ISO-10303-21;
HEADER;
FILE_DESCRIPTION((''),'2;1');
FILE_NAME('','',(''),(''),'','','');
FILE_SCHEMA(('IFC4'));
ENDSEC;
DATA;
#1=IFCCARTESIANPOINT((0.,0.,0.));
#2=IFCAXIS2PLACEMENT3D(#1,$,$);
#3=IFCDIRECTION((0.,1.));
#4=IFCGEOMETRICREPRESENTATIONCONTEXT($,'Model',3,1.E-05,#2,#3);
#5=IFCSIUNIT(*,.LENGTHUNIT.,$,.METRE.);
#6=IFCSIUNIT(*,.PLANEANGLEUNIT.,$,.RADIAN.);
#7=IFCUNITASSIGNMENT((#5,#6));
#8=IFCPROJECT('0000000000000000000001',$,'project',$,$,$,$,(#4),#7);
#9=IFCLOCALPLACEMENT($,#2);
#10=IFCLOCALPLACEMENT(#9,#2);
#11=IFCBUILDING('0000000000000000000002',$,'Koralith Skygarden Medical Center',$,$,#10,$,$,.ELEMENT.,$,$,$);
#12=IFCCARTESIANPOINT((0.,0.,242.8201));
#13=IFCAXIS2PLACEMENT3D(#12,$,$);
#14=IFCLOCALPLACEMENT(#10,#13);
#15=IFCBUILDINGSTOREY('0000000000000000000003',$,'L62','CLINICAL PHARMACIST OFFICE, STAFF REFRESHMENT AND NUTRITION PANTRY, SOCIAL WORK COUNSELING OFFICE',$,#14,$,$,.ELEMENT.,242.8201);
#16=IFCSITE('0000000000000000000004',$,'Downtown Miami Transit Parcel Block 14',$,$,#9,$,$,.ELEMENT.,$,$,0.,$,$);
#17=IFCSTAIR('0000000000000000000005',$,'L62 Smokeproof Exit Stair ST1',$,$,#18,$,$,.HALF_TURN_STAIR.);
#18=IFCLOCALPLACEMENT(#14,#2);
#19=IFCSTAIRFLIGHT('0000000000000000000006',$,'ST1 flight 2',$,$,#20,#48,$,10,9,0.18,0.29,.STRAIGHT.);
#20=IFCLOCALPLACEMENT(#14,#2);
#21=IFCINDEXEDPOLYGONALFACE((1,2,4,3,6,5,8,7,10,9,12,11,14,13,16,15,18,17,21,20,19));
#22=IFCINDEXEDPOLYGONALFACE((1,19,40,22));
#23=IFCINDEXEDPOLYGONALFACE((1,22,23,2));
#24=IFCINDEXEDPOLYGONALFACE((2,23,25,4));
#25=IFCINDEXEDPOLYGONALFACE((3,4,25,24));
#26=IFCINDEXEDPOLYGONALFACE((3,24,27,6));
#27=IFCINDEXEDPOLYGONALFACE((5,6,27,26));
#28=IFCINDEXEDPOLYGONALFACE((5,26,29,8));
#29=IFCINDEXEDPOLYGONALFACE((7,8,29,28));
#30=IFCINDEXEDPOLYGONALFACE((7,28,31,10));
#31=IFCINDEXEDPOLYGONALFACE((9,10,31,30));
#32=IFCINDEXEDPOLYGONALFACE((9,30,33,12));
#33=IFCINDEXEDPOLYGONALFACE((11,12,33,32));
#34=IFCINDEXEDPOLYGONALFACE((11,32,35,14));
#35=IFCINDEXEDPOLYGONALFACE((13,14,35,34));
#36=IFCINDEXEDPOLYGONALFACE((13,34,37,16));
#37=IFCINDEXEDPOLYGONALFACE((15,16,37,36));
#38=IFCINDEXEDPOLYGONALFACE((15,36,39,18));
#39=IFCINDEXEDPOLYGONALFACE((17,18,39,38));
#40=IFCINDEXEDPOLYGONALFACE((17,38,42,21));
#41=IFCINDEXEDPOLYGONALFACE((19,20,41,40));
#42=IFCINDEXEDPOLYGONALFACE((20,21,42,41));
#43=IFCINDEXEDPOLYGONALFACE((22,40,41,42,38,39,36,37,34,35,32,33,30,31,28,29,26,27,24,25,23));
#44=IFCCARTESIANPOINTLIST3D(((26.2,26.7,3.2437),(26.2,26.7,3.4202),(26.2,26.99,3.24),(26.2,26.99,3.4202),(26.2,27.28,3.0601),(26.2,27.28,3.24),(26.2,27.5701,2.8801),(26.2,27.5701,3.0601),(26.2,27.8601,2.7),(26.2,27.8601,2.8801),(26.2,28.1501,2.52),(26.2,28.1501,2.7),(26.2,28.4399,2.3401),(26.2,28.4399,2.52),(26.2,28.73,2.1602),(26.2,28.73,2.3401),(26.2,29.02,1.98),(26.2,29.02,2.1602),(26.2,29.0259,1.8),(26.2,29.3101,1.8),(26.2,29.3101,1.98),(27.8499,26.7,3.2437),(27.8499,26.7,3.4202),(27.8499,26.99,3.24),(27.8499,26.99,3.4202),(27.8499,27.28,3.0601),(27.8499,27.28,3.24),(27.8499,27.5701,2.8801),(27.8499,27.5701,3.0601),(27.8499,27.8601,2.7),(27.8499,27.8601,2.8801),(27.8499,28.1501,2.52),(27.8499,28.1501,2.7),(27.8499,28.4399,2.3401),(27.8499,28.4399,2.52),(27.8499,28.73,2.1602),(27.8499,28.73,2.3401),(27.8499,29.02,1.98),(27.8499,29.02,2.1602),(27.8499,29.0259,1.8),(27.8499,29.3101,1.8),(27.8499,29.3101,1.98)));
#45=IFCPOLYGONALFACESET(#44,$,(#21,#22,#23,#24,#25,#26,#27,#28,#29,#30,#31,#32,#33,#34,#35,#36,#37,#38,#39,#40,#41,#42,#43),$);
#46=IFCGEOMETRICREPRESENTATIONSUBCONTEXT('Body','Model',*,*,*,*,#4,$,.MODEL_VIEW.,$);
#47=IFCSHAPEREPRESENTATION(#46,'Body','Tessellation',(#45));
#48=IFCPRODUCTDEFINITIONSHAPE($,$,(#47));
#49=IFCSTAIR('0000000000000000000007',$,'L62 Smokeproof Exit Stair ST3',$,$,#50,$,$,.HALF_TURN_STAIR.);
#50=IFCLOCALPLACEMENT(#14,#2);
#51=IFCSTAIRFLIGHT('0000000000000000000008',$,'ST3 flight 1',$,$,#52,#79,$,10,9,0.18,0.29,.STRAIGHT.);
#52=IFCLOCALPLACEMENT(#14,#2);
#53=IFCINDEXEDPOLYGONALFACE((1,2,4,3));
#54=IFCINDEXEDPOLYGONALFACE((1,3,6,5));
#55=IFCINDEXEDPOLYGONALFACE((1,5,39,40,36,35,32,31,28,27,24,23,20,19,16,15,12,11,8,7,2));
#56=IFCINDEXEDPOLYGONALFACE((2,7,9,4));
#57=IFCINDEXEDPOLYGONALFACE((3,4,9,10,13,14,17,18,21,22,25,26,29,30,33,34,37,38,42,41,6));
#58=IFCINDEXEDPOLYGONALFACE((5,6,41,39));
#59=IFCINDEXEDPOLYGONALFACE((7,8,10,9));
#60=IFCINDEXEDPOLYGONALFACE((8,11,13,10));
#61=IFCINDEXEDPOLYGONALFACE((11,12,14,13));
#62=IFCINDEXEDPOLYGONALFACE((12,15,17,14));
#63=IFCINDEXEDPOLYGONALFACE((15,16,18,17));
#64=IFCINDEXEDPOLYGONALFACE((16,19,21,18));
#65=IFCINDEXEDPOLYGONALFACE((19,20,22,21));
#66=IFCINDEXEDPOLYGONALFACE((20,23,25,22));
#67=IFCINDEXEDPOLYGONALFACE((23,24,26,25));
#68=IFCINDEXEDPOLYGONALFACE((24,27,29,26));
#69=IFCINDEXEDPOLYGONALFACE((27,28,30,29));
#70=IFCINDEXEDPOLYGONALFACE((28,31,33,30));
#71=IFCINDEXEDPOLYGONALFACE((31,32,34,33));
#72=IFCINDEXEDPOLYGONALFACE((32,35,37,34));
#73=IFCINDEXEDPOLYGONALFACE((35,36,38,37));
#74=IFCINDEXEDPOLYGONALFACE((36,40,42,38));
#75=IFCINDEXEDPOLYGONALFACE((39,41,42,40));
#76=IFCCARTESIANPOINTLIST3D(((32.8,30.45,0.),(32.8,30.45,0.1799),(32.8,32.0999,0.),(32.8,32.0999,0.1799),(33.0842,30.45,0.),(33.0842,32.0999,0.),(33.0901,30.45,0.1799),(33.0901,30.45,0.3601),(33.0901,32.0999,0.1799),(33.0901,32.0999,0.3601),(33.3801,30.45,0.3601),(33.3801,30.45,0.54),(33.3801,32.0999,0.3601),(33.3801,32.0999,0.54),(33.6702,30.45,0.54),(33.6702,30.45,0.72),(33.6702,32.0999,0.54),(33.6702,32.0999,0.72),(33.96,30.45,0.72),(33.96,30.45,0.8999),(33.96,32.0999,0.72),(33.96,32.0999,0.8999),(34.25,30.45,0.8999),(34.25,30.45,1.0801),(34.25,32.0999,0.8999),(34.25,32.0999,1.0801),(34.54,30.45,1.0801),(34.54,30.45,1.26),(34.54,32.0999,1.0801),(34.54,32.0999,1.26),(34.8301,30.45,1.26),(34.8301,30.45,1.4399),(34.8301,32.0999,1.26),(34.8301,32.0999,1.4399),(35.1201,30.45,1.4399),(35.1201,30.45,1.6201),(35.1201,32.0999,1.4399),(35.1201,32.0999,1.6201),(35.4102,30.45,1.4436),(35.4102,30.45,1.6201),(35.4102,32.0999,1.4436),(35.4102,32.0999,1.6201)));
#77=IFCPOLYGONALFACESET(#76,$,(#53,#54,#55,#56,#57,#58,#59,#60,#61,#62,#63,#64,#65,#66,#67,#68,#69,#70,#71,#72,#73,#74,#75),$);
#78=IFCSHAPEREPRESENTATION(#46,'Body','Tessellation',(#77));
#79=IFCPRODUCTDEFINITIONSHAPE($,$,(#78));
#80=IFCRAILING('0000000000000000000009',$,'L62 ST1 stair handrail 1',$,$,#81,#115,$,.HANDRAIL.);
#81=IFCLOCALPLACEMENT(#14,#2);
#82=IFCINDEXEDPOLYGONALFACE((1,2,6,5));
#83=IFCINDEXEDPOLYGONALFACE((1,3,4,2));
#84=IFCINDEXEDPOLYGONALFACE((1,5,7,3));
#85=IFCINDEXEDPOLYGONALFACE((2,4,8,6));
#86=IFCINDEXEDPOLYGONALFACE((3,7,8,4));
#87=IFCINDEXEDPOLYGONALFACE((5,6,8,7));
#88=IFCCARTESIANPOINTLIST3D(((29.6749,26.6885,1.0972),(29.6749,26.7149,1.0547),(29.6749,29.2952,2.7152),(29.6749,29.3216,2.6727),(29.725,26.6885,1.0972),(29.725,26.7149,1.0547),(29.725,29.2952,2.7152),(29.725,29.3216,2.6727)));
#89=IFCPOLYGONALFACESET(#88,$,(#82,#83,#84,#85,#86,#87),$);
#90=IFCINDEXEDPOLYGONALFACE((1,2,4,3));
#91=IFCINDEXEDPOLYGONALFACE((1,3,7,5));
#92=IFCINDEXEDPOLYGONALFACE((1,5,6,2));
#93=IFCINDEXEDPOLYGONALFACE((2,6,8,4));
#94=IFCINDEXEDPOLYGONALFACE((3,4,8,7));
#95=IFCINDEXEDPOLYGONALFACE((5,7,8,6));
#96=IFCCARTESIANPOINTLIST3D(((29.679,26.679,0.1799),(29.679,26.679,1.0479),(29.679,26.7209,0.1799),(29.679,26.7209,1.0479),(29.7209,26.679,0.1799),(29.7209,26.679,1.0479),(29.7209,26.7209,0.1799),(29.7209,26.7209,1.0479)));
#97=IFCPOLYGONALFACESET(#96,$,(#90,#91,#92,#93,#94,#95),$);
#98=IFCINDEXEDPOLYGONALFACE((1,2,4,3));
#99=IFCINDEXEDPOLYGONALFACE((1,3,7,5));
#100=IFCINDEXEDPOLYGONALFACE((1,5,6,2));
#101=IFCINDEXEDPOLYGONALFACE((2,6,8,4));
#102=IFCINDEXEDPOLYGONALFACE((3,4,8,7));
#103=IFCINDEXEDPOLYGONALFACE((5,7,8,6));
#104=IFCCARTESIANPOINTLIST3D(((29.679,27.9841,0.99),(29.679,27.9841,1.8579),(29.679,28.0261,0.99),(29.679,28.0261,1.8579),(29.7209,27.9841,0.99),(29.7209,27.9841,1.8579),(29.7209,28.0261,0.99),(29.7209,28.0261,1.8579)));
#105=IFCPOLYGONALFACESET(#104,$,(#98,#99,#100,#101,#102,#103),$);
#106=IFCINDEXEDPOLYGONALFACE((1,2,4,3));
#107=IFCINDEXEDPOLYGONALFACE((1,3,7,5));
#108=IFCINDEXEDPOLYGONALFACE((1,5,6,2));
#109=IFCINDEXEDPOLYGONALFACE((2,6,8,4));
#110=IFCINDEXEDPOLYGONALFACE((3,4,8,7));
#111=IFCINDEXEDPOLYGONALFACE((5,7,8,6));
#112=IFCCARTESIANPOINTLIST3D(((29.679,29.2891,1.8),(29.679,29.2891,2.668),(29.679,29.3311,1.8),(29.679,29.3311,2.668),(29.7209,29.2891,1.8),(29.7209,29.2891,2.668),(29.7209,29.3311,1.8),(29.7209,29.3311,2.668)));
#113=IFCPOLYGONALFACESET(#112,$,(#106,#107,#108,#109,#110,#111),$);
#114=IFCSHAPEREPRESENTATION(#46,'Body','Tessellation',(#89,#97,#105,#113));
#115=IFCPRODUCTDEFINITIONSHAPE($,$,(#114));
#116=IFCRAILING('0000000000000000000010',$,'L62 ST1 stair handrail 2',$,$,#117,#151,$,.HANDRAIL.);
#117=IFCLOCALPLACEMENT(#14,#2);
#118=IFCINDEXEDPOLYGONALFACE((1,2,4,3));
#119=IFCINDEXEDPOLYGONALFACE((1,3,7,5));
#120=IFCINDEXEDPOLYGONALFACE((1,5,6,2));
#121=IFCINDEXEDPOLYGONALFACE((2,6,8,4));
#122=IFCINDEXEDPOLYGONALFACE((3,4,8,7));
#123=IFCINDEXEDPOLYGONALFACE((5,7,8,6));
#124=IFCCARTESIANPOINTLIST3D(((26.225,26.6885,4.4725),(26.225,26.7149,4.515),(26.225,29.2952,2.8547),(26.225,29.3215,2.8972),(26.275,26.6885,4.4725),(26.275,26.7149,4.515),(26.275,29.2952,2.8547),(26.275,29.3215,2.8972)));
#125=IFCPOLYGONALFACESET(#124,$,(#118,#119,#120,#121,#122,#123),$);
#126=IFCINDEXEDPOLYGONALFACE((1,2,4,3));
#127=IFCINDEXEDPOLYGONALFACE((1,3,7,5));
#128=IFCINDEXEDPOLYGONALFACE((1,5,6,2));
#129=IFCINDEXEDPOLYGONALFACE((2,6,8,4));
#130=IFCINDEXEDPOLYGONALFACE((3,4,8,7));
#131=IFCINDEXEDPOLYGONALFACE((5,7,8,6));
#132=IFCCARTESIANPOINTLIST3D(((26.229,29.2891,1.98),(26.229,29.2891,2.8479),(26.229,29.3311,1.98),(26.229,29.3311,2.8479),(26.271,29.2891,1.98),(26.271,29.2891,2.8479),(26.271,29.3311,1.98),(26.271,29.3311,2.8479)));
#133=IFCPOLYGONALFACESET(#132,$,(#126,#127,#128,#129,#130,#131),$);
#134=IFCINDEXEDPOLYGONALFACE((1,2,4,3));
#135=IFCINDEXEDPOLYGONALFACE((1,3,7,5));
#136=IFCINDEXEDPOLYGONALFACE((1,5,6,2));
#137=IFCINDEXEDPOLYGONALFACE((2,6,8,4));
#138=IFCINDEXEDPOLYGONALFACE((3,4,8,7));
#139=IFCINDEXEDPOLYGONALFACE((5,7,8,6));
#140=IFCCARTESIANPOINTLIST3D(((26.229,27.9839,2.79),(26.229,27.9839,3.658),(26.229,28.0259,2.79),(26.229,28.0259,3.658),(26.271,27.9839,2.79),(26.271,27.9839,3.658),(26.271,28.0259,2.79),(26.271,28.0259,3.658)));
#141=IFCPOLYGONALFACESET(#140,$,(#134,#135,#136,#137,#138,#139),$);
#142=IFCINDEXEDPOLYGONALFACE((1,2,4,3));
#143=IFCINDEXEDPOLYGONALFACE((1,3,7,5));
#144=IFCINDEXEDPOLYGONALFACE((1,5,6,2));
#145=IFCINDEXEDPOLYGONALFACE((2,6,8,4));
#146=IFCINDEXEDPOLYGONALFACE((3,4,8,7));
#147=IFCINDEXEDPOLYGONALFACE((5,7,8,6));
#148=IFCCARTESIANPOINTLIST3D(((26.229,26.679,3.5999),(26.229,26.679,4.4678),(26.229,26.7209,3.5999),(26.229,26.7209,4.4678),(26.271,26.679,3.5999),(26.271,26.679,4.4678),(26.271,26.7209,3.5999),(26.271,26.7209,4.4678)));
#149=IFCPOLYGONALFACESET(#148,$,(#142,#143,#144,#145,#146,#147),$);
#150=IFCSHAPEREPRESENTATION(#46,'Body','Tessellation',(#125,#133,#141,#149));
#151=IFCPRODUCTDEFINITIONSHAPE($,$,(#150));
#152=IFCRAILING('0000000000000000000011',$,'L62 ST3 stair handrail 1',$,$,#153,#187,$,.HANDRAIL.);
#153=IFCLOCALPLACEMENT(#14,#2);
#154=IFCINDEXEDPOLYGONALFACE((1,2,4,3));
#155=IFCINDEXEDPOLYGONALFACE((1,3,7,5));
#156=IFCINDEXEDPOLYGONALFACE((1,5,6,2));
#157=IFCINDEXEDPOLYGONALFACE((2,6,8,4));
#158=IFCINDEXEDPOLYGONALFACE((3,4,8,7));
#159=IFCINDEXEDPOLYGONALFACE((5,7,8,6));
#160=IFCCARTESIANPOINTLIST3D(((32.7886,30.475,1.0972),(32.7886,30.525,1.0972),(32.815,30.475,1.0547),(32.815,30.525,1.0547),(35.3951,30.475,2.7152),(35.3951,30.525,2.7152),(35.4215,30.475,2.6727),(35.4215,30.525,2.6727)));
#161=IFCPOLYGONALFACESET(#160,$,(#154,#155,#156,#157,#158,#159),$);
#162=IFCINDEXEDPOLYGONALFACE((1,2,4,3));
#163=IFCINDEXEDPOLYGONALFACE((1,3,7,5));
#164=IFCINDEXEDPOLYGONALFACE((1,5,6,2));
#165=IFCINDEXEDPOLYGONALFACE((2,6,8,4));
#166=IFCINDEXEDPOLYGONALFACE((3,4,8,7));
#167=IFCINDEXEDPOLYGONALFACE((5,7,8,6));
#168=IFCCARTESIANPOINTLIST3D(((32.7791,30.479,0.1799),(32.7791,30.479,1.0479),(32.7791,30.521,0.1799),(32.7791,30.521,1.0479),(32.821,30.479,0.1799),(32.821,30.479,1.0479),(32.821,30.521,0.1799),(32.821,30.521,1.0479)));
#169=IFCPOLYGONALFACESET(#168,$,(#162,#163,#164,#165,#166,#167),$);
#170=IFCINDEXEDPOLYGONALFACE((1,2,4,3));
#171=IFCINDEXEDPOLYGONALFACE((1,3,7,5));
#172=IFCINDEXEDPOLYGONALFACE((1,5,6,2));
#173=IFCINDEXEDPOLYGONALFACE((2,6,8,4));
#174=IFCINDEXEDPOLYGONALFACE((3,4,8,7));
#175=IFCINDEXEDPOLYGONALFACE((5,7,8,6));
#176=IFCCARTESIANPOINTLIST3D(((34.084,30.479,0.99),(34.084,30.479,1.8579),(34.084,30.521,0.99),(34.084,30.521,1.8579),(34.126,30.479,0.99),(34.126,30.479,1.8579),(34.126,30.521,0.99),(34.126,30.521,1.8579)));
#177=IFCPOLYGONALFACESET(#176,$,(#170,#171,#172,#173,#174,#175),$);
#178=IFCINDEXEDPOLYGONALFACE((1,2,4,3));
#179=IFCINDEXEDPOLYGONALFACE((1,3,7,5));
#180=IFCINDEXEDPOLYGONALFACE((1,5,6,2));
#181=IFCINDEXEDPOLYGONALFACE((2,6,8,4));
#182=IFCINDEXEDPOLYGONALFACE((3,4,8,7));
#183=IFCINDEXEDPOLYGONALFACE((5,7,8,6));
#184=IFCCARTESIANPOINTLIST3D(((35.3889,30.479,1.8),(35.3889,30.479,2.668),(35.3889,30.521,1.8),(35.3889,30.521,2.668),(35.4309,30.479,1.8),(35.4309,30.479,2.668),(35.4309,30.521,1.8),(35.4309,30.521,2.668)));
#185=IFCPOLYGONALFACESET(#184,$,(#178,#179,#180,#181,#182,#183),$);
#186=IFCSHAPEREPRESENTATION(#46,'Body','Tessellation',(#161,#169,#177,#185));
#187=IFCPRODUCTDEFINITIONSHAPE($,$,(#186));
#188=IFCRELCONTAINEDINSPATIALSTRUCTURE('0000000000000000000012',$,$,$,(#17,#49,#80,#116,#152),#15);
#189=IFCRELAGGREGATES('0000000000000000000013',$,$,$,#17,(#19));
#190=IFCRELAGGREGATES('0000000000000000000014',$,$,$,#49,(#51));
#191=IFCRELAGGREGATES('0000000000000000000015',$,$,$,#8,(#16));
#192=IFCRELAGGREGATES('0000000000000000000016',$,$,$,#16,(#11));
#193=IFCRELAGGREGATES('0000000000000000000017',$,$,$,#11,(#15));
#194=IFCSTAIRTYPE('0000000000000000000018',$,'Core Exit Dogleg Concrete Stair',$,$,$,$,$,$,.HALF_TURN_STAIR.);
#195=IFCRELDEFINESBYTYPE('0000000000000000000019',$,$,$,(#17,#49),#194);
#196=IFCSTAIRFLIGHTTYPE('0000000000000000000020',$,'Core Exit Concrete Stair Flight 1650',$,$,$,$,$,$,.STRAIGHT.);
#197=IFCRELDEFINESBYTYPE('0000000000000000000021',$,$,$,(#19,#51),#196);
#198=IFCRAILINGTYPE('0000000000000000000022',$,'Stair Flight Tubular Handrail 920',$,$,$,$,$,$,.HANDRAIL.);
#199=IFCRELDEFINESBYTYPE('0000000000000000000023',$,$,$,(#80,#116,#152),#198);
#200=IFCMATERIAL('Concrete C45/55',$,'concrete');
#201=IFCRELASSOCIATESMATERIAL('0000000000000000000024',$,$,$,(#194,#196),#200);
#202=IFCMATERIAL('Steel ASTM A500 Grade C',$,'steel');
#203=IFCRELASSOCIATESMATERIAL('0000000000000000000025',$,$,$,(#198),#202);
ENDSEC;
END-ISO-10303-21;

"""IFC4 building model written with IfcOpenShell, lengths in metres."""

from ifc_helpers import new_model, si_unit, direction, frame, origin, origin_2d, place, context, subcontext, project, spatial, polyline, rectangle, outline, extrude, material, type_object, element, aggregate, save


model = new_model("IFC4")

# Units and contexts
model_context = context("Model", 3, precision=1e-05, world=origin(), true_north=direction((0.0, 1.0)))
body_context = subcontext(model_context, "Body", "Model", "MODEL_VIEW")
ifc_project = project(units=[si_unit("LENGTHUNIT", "METRE"), si_unit("PLANEANGLEUNIT", "RADIAN")], contexts=[model_context])

# Site, building, storey
site_placement = place(None, origin())
site = spatial("IfcSite", under=ifc_project, at=site_placement, Name="Downtown Miami Transit Parcel Block 14", CompositionType="ELEMENT", RefElevation=0.0)
building_placement = place(site_placement, origin())
building = spatial("IfcBuilding", under=site, at=building_placement, Name="Koralith Skygarden Medical Center", CompositionType="ELEMENT")
storey_placement = place(building_placement, frame((0.0, 0.0, 242.8201)))
storey = spatial("IfcBuildingStorey", under=building, at=storey_placement, Name="L62", Description="CLINICAL PHARMACIST OFFICE, STAFF REFRESHMENT AND NUTRITION PANTRY, SOCIAL WORK COUNSELING OFFICE", CompositionType="ELEMENT", Elevation=242.8201)

# Shared definitions
ifc_material_1 = material(Name="Concrete C45/55", Category="concrete")

# Stair, stair flight
stair_type = type_object("IfcStairType", Name="Core Exit Dogleg Concrete Stair", PredefinedType="HALF_TURN_STAIR", material=ifc_material_1)
stair_1_placement = place(storey_placement, origin())
stair_1 = element("IfcStair", 1, at=stair_1_placement, inside=storey, type_object=stair_type, Name="L62 Smokeproof Exit Stair ST1", PredefinedType="HALF_TURN_STAIR")
stair_flight_type = type_object("IfcStairFlightType", Name="Core Exit Concrete Stair Flight 1650", PredefinedType="STRAIGHT", material=ifc_material_1)
stair_flight_1_placement = place(storey_placement, frame((27.0249, 29.3101, 1.8), z_axis=(0.0, 0.0, 1.0), x_axis=(0.0, -1.0, 0.0)))
stair_flight_1 = element("IfcStairFlight", 2, at=stair_flight_1_placement, type_object=stair_flight_type, Name="ST1 flight 2", NumberOfRisers=10, NumberOfTreads=9, PredefinedType="STRAIGHT", RiserHeight=0.18, TreadLength=0.29, context=body_context, shape_type="SweptSolid", body=[
    extrude(outline(polyline([(0.0, 0.0), (0.0, 0.1799), (0.29, 0.1799), (0.29, 0.3601), (0.5801, 0.3601), (0.5801, 0.54), (0.8701, 0.54), (0.8701, 0.72), (1.1599, 0.72), (1.1599, 0.8999), (1.45, 0.8999), (1.45, 1.0801), (1.74, 1.0801), (1.74, 1.26), (2.03, 1.26), (2.03, 1.4399), (2.3201, 1.4399), (2.3201, 1.6201), (2.6101, 1.6201), (2.6101, 1.8), (2.6101, 1.4436), (0.2842, 0.0), (0.0, 0.0)])), frame((0.0, 0.825, 0.0), z_axis=(0.0, -1.0, 0.0), x_axis=(1.0, 0.0, 0.0)), (0.0, 0.0, 1.0), 1.6499),
])
aggregate(stair_1, [stair_flight_1])

# Stair, stair flight
stair_2_placement = place(storey_placement, origin())
stair_2 = element("IfcStair", 3, at=stair_2_placement, inside=storey, type_object=stair_type, Name="L62 Smokeproof Exit Stair ST3", PredefinedType="HALF_TURN_STAIR")
stair_flight_2_placement = place(storey_placement, frame((32.8, 31.2749, 0.0), z_axis=(0.0, 0.0, 1.0), x_axis=(1.0, 0.0, 0.0)))
stair_flight_2 = element("IfcStairFlight", 4, at=stair_flight_2_placement, type_object=stair_flight_type, Name="ST3 flight 1", NumberOfRisers=10, NumberOfTreads=9, PredefinedType="STRAIGHT", RiserHeight=0.18, TreadLength=0.29, context=body_context, shape_type="SweptSolid", body=[
    extrude(outline(polyline([(0.0, 0.0), (0.0, 0.1799), (0.29, 0.1799), (0.29, 0.3601), (0.5801, 0.3601), (0.5801, 0.54), (0.8701, 0.54), (0.8701, 0.72), (1.1599, 0.72), (1.1599, 0.8999), (1.45, 0.8999), (1.45, 1.0801), (1.74, 1.0801), (1.74, 1.26), (2.03, 1.26), (2.03, 1.4399), (2.3201, 1.4399), (2.3201, 1.6201), (2.6101, 1.6201), (2.6101, 1.8), (2.6101, 1.4436), (0.2842, 0.0), (0.0, 0.0)])), frame((0.0, 0.825, 0.0), z_axis=(0.0, -1.0, 0.0), x_axis=(1.0, 0.0, 0.0)), (0.0, 0.0, 1.0), 1.6499),
])
aggregate(stair_2, [stair_flight_2])

# Railings
ifc_material_2 = material(Name="Steel ASTM A500 Grade C", Category="steel")
railing_type_1 = type_object("IfcRailingType", Name="Stair Flight Tubular Handrail 920", PredefinedType="HANDRAIL", material=ifc_material_2)
railing_1_placement = place(storey_placement, frame((29.7, 26.7, 0.1799)))
element("IfcRailing", 5, at=railing_1_placement, inside=storey, type_object=railing_type_1, Name="L62 ST1 stair handrail 1", PredefinedType="HANDRAIL", context=body_context, shape_type="SweptSolid", body=[
    extrude(rectangle(XDim=0.05, YDim=0.05, at=origin_2d()), frame((0.0, 0.0017, 0.896), z_axis=(0.0, 0.849633, 0.527375), x_axis=(-1.0, 0.0, 0.0)), (0.0, 0.0, 1.0), 3.0681),
    extrude(rectangle(XDim=0.042, YDim=0.042, at=origin_2d()), origin(), (0.0, 0.0, 1.0), 0.8679),
    extrude(rectangle(XDim=0.042, YDim=0.042, at=origin_2d()), frame((0.0, 1.3052, 0.8101)), (0.0, 0.0, 1.0), 0.8679),
    extrude(rectangle(XDim=0.042, YDim=0.042, at=origin_2d()), frame((0.0, 2.6101, 1.6201)), (0.0, 0.0, 1.0), 0.8679),
])
railing_2_placement = place(storey_placement, frame((26.25, 29.3101, 1.98)))
element("IfcRailing", 6, at=railing_2_placement, inside=storey, type_object=railing_type_1, Name="L62 ST1 stair handrail 2", PredefinedType="HANDRAIL", context=body_context, shape_type="SweptSolid", body=[
    extrude(rectangle(XDim=0.05, YDim=0.05, at=origin_2d()), frame((0.0, -0.0017, 0.896), z_axis=(0.0, -0.849668, 0.527317), x_axis=(1.0, 0.0, 0.0)), (0.0, 0.0, 1.0), 3.0679),
    extrude(rectangle(XDim=0.042, YDim=0.042, at=origin_2d()), origin(), (0.0, 0.0, 1.0), 0.8679),
    extrude(rectangle(XDim=0.042, YDim=0.042, at=origin_2d()), frame((0.0, -1.3052, 0.8101)), (0.0, 0.0, 1.0), 0.8679),
    extrude(rectangle(XDim=0.042, YDim=0.042, at=origin_2d()), frame((0.0, -2.6101, 1.6199)), (0.0, 0.0, 1.0), 0.8679),
])
railing_3_placement = place(storey_placement, frame((32.8, 30.5, 0.1799)))
element("IfcRailing", 7, at=railing_3_placement, inside=storey, type_object=railing_type_1, Name="L62 ST3 stair handrail 1", PredefinedType="HANDRAIL", context=body_context, shape_type="SweptSolid", body=[
    extrude(rectangle(XDim=0.05, YDim=0.05, at=origin_2d()), frame((0.0017, 0.0, 0.896), z_axis=(0.849611, 0.0, 0.52741), x_axis=(0.0, 1.0, 0.0)), (0.0, 0.0, 1.0), 3.0679),
    extrude(rectangle(XDim=0.042, YDim=0.042, at=origin_2d()), origin(), (0.0, 0.0, 1.0), 0.8679),
    extrude(rectangle(XDim=0.042, YDim=0.042, at=origin_2d()), frame((1.3049, 0.0, 0.8101)), (0.0, 0.0, 1.0), 0.8679),
    extrude(rectangle(XDim=0.042, YDim=0.042, at=origin_2d()), frame((2.6099, 0.0, 1.6201)), (0.0, 0.0, 1.0), 0.8679),
])

save(model, "model.ifc")
